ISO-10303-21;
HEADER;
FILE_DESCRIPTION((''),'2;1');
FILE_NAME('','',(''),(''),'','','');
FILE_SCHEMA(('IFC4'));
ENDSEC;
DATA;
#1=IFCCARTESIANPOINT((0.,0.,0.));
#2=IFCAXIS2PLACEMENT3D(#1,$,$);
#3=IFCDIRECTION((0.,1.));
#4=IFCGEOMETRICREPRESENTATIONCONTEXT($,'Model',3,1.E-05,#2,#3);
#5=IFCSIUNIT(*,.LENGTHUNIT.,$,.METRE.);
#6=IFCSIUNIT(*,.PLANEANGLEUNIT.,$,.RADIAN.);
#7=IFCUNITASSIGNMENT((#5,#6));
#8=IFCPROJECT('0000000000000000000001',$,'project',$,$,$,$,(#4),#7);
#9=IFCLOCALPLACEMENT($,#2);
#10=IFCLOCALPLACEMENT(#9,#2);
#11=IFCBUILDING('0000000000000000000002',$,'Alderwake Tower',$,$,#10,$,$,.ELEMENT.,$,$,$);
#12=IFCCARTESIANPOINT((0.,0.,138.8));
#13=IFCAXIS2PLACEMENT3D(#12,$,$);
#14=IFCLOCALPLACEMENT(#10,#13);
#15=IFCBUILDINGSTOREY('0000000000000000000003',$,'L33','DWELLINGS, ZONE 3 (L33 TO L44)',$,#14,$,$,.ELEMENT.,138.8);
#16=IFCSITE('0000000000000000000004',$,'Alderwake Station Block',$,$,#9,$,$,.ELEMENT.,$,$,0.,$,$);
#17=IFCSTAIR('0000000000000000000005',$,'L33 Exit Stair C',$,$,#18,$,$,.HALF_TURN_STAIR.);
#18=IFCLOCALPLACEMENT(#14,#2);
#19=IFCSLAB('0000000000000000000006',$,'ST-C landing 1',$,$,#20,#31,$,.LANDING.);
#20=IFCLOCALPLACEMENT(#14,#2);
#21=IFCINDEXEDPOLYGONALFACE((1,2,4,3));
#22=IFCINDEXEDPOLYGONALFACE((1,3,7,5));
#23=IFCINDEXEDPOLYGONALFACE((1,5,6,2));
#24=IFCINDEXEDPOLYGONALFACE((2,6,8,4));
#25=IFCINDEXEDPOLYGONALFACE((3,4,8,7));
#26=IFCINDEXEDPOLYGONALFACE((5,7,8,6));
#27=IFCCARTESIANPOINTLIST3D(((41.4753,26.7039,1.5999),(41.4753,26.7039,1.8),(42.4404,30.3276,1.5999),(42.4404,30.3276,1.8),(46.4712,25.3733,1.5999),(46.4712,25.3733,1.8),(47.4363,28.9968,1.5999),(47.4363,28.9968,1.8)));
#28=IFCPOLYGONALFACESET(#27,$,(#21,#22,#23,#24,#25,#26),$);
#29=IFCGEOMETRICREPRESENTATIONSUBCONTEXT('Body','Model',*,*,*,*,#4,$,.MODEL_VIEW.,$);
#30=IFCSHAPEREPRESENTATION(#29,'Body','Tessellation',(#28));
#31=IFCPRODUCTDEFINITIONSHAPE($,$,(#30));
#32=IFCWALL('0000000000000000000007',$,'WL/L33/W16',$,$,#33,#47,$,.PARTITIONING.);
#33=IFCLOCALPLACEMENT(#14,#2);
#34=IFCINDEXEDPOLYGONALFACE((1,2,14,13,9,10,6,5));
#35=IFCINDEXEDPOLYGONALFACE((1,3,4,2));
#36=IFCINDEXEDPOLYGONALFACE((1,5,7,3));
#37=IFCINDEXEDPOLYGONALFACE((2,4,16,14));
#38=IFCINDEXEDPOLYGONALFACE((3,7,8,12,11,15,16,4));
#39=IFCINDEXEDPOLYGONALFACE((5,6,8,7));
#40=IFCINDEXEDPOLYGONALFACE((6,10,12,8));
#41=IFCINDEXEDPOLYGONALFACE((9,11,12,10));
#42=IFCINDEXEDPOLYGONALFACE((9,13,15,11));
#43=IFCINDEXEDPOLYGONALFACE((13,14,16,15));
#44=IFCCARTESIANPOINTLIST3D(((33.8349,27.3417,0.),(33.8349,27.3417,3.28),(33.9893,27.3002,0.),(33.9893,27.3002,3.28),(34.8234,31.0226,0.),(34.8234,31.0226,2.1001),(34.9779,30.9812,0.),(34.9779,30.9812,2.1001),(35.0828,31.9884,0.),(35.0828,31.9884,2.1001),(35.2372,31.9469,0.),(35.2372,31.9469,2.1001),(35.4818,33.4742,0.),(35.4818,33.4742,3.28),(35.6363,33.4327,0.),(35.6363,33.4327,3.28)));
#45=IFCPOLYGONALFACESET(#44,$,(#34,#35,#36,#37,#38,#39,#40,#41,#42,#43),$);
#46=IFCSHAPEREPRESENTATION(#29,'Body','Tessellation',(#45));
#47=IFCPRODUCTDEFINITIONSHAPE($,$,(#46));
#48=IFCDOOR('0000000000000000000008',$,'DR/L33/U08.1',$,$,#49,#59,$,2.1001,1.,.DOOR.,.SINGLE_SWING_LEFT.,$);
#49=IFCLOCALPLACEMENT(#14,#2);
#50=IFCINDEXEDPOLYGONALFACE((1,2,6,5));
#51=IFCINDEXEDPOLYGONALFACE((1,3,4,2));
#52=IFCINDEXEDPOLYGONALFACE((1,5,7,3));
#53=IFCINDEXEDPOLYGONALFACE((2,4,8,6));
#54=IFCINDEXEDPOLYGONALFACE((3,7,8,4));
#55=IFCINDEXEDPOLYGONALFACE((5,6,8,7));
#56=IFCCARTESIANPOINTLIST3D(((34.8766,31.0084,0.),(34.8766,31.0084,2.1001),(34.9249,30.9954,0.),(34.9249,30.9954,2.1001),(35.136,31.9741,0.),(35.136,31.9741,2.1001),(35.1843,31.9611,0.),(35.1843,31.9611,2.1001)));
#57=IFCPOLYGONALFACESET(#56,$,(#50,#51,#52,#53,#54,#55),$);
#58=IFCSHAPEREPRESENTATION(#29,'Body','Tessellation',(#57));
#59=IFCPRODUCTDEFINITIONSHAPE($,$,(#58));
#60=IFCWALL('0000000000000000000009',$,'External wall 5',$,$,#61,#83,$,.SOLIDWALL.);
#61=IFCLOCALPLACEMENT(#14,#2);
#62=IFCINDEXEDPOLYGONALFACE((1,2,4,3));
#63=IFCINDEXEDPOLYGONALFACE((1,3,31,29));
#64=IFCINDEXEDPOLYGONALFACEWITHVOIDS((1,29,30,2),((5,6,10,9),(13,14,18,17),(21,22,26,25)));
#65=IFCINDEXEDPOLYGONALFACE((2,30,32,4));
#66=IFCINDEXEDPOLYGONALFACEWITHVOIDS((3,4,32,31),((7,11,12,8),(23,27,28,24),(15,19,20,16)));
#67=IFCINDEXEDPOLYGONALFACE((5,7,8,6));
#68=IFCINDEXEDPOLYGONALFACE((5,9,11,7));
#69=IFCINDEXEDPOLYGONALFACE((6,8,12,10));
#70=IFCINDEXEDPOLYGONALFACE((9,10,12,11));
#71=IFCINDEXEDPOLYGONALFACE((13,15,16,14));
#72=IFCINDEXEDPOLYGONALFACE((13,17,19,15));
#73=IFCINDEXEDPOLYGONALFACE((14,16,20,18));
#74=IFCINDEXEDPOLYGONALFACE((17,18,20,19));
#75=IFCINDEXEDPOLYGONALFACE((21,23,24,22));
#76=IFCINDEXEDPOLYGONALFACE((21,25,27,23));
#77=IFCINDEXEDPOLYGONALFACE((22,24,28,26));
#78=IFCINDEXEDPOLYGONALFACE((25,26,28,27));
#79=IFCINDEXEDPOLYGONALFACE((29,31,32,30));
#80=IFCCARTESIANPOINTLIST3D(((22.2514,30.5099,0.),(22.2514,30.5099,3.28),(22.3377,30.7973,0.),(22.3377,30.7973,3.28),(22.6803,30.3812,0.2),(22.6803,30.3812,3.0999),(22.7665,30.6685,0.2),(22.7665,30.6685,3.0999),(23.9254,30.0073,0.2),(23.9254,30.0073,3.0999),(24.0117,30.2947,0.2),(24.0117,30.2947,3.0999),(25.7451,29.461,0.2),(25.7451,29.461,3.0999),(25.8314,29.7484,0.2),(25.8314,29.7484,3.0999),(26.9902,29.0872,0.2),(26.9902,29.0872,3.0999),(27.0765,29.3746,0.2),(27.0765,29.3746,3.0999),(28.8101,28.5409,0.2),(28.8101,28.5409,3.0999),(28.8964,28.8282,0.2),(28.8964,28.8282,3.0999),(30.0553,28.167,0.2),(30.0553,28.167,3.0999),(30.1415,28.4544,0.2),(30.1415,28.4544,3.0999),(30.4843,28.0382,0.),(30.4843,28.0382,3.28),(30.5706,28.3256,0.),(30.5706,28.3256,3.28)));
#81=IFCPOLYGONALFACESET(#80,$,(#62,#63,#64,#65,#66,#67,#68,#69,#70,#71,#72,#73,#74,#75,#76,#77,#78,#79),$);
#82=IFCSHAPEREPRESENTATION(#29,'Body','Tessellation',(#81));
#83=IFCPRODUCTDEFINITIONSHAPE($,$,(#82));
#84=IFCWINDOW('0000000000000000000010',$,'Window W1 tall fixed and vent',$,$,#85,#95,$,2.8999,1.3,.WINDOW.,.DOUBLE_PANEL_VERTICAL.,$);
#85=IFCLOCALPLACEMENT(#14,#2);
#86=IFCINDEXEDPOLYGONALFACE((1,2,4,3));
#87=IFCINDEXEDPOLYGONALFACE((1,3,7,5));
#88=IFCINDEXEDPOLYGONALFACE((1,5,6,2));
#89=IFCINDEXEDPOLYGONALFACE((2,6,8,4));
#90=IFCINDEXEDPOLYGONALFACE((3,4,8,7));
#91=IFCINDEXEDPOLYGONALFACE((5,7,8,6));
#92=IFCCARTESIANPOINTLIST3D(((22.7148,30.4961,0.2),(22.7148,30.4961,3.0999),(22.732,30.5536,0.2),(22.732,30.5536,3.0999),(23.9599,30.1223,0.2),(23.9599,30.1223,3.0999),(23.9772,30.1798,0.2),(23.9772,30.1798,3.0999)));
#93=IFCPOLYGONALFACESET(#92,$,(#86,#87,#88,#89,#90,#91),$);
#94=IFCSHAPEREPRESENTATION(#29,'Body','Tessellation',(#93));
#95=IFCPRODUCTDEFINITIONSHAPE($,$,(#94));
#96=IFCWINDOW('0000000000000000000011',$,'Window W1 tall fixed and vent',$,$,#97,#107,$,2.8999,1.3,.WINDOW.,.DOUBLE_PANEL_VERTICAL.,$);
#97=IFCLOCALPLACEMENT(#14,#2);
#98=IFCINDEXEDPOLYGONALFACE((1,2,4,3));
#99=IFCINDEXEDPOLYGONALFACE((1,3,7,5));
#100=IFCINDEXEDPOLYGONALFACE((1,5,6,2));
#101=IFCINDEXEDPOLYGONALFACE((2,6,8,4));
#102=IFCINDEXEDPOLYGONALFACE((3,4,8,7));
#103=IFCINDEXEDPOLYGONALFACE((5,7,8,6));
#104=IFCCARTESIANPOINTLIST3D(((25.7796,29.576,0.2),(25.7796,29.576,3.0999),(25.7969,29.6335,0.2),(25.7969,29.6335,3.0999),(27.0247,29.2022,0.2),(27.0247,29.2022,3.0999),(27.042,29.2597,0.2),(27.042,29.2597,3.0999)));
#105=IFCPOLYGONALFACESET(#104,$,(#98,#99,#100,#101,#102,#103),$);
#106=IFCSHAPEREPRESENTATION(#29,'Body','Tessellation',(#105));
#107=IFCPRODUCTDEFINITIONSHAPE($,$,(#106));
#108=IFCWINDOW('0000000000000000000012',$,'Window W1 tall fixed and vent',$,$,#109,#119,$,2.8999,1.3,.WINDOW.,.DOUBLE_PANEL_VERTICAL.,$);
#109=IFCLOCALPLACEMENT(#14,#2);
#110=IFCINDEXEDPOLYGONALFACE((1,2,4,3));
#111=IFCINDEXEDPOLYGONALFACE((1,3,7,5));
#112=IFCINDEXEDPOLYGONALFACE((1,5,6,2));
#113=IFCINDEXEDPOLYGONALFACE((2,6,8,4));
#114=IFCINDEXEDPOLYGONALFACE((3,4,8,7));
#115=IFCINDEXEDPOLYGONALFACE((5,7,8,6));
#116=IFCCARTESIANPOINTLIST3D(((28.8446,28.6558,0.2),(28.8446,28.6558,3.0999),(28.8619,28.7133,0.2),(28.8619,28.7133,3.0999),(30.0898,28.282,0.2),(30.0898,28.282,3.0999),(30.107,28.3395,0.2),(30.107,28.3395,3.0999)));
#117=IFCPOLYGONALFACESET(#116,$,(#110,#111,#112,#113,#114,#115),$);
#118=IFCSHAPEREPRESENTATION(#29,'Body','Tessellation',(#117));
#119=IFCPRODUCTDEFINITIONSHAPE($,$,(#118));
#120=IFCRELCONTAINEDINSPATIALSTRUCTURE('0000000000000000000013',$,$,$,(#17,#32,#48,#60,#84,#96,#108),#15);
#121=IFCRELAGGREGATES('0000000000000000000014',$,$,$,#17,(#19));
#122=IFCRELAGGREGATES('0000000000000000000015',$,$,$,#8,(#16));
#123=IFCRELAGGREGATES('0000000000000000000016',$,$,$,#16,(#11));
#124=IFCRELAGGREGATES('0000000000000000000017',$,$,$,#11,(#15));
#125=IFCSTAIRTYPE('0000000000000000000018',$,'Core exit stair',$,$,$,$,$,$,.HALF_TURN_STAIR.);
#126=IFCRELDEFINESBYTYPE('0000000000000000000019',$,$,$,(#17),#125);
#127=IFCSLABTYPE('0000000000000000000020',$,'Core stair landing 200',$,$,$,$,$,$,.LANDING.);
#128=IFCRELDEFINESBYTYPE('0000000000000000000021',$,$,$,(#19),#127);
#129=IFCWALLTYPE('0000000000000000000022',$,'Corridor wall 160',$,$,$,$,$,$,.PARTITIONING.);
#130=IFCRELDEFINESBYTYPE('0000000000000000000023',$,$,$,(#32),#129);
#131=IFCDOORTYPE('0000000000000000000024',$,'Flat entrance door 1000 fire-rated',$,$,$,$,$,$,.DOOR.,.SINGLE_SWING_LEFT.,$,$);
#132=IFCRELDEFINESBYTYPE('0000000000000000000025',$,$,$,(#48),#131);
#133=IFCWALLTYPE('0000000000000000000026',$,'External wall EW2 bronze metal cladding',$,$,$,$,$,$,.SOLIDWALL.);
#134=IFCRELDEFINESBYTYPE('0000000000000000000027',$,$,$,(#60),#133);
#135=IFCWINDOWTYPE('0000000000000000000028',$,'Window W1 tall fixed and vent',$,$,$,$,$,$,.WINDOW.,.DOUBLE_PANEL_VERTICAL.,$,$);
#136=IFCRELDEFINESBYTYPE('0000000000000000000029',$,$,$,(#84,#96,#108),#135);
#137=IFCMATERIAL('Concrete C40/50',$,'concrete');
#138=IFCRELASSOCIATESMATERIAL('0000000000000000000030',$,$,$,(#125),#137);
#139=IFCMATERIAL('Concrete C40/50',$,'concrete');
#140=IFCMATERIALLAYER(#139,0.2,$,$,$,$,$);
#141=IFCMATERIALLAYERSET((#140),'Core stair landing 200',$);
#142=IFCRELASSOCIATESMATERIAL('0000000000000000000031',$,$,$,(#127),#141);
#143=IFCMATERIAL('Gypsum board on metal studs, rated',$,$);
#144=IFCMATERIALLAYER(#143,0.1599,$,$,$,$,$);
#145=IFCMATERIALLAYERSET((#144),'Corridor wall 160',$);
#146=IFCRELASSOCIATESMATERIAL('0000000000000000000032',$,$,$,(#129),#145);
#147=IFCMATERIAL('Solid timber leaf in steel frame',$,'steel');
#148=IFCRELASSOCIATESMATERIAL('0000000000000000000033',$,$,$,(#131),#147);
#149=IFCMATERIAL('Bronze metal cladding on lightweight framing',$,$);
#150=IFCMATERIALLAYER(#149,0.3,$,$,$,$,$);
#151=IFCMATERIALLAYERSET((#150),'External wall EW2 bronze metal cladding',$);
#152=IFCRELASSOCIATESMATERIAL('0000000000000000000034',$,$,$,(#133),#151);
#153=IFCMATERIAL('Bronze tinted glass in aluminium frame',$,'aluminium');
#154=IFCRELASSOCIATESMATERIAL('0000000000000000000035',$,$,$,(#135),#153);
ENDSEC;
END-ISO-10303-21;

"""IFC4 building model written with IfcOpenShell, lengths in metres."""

from ifc_helpers import new_model, si_unit, direction, frame, frame_2d, origin, place, context, subcontext, project, spatial, polyline, rectangle, outline, extrude, material, layer, layer_set, type_object, element, fill, aggregate, save


model = new_model("IFC4")

# Units and contexts
model_context = context("Model", 3, precision=1e-05, world=origin(), true_north=direction((0.0, 1.0)))
body_context = subcontext(model_context, "Body", "Model", "MODEL_VIEW")
ifc_project = project(units=[si_unit("LENGTHUNIT", "METRE"), si_unit("PLANEANGLEUNIT", "RADIAN")], contexts=[model_context])

# Site, building, storey
site_placement = place(None, origin())
site = spatial("IfcSite", under=ifc_project, at=site_placement, Name="Alderwake Station Block", CompositionType="ELEMENT", RefElevation=0.0)
building_placement = place(site_placement, origin())
building = spatial("IfcBuilding", under=site, at=building_placement, Name="Alderwake Tower", CompositionType="ELEMENT")
storey_placement = place(building_placement, frame((0.0, 0.0, 138.8)))
storey = spatial("IfcBuildingStorey", under=building, at=storey_placement, Name="L33", Description="DWELLINGS, ZONE 3 (L33 TO L44)", CompositionType="ELEMENT", Elevation=138.8)

# Stair, slab
ifc_material_1 = material(Name="Concrete C40/50", Category="concrete")
stair_type = type_object("IfcStairType", Name="Core exit stair", PredefinedType="HALF_TURN_STAIR", material=ifc_material_1)
ifc_material_2 = material(Name="Concrete C40/50", Category="concrete")
ifc_layer_1 = layer(ifc_material_2, 0.2)
ifc_layer_set_1 = layer_set([ifc_layer_1], Name="Core stair landing 200")
slab_type_1 = type_object("IfcSlabType", Name="Core stair landing 200", PredefinedType="LANDING", material=ifc_layer_set_1)
stair_1_placement = place(storey_placement, origin())
stair_1 = element("IfcStair", 1, at=stair_1_placement, inside=storey, type_object=stair_type, Name="L33 Exit Stair C", PredefinedType="HALF_TURN_STAIR")
slab_1_placement = place(storey_placement, frame((0.0, 0.0, 1.5999)))
slab_1 = element("IfcSlab", 2, at=slab_1_placement, type_object=slab_type_1, Name="ST-C landing 1", PredefinedType="LANDING", context=body_context, shape_type="SweptSolid", body=[
    extrude(outline(polyline([(41.4753, 26.7039), (46.4712, 25.3733), (47.4363, 28.9968), (42.4404, 30.3276), (41.4753, 26.7039)])), origin(), (0.0, 0.0, 1.0), 0.2002),
])
aggregate(stair_1, [slab_1])

# Wall, opening, door
ifc_material_3 = material(Name="Gypsum board on metal studs, rated")
ifc_layer_2 = layer(ifc_material_3, 0.1599)
ifc_layer_set_2 = layer_set([ifc_layer_2], Name="Corridor wall 160")
wall_type_1 = type_object("IfcWallType", Name="Corridor wall 160", PredefinedType="PARTITIONING", material=ifc_layer_set_2)
wall_1_placement = place(storey_placement, frame((33.9121, 27.321, 0.0), z_axis=(0.0, 0.0, 1.0), x_axis=(0.259371, 0.965778, 0.0)))
wall_1 = element("IfcWall", 3, at=wall_1_placement, inside=storey, type_object=wall_type_1, Name="WL/L33/W16", PredefinedType="PARTITIONING", context=body_context, shape_type="SweptSolid", body=[
    extrude(rectangle(XDim=6.3499, YDim=0.1599, at=frame_2d((3.1748, 0.0))), origin(), (0.0, 0.0, 1.0), 3.28),
])
opening_1_placement = place(wall_1_placement, frame((3.8113, 0.0, 0.0)))
opening_1 = element("IfcOpeningElement", 4, at=opening_1_placement, cuts=wall_1, PredefinedType="OPENING", context=body_context, shape_type="SweptSolid", body=[
    extrude(rectangle(XDim=1.0, YDim=2.1001, at=frame_2d((0.5, 1.05))), frame((0.0, 0.0898, 0.0), z_axis=(0.0, -1.0, 0.0), x_axis=(1.0, 0.0, 0.0)), (0.0, 0.0, 1.0), 0.1799),
])
ifc_material_4 = material(Name="Solid timber leaf in steel frame", Category="steel")
door_type_1 = type_object("IfcDoorType", Name="Flat entrance door 1000 fire-rated", OperationType="SINGLE_SWING_LEFT", PredefinedType="DOOR", material=ifc_material_4)
door_1_placement = place(opening_1_placement, origin())
door_1 = element("IfcDoor", 5, at=door_1_placement, inside=storey, type_object=door_type_1, Name="DR/L33/U08.1", OperationType="SINGLE_SWING_LEFT", OverallHeight=2.1001, OverallWidth=1.0, PredefinedType="DOOR", context=body_context, shape_type="SweptSolid", body=[
    extrude(rectangle(XDim=1.0, YDim=2.1001, at=frame_2d((0.5, 1.05))), frame((0.0, 0.0249, 0.0), z_axis=(0.0, -1.0, 0.0), x_axis=(1.0, 0.0, 0.0)), (0.0, 0.0, 1.0), 0.05),
])
fill(opening_1, door_1)

# Wall, openings, windows
ifc_material_5 = material(Name="Bronze metal cladding on lightweight framing")
ifc_layer_3 = layer(ifc_material_5, 0.3)
ifc_layer_set_3 = layer_set([ifc_layer_3], Name="External wall EW2 bronze metal cladding")
wall_type_2 = type_object("IfcWallType", Name="External wall EW2 bronze metal cladding", PredefinedType="SOLIDWALL", material=ifc_layer_set_3)
wall_2_placement = place(storey_placement, frame((22.2947, 30.6536, 0.0), z_axis=(0.0, 0.0, 1.0), x_axis=(0.957768, -0.287541, 0.0)))
wall_2 = element("IfcWall", 6, at=wall_2_placement, inside=storey, type_object=wall_type_2, Name="External wall 5", PredefinedType="SOLIDWALL", context=body_context, shape_type="SweptSolid", body=[
    extrude(rectangle(XDim=8.5959, YDim=0.3, at=frame_2d((4.2979, 0.0))), origin(), (0.0, 0.0, 1.0), 3.28),
])
opening_2_placement = place(wall_2_placement, frame((0.4478, 0.0, 0.2)))
opening_2 = element("IfcOpeningElement", 7, at=opening_2_placement, cuts=wall_2, PredefinedType="OPENING", context=body_context, shape_type="SweptSolid", body=[
    extrude(rectangle(XDim=1.3, YDim=2.8999, at=frame_2d((0.6499, 1.45))), frame((0.0, 0.1599, 0.0), z_axis=(0.0, -1.0, 0.0), x_axis=(1.0, 0.0, 0.0)), (0.0, 0.0, 1.0), 0.3201),
])
opening_3_placement = place(wall_2_placement, frame((3.6477, 0.0, 0.2)))
opening_3 = element("IfcOpeningElement", 8, at=opening_3_placement, cuts=wall_2, PredefinedType="OPENING", context=body_context, shape_type="SweptSolid", body=[
    extrude(rectangle(XDim=1.3, YDim=2.8999, at=frame_2d((0.6499, 1.45))), frame((0.0, 0.1599, 0.0), z_axis=(0.0, -1.0, 0.0), x_axis=(1.0, 0.0, 0.0)), (0.0, 0.0, 1.0), 0.3201),
])
opening_4_placement = place(wall_2_placement, frame((6.8479, 0.0, 0.2)))
opening_4 = element("IfcOpeningElement", 9, at=opening_4_placement, cuts=wall_2, PredefinedType="OPENING", context=body_context, shape_type="SweptSolid", body=[
    extrude(rectangle(XDim=1.3, YDim=2.8999, at=frame_2d((0.6499, 1.45))), frame((0.0, 0.1599, 0.0), z_axis=(0.0, -1.0, 0.0), x_axis=(1.0, 0.0, 0.0)), (0.0, 0.0, 1.0), 0.3201),
])
ifc_material_6 = material(Name="Bronze tinted glass in aluminium frame", Category="aluminium")
window_type_1 = type_object("IfcWindowType", Name="Window W1 tall fixed and vent", PartitioningType="DOUBLE_PANEL_VERTICAL", PredefinedType="WINDOW", material=ifc_material_6)
window_1_placement = place(opening_2_placement, origin())
window_1 = element("IfcWindow", 10, at=window_1_placement, inside=storey, type_object=window_type_1, Name="Window W1 tall fixed and vent", OverallHeight=2.8999, OverallWidth=1.3, PartitioningType="DOUBLE_PANEL_VERTICAL", PredefinedType="WINDOW", context=body_context, shape_type="SweptSolid", body=[
    extrude(rectangle(XDim=1.3, YDim=2.8999, at=frame_2d((0.6499, 1.45))), frame((0.0, 0.03, 0.0), z_axis=(0.0, -1.0, 0.0), x_axis=(1.0, 0.0, 0.0)), (0.0, 0.0, 1.0), 0.0601),
])
fill(opening_2, window_1)
window_2_placement = place(opening_3_placement, origin())
window_2 = element("IfcWindow", 11, at=window_2_placement, inside=storey, type_object=window_type_1, Name="Window W1 tall fixed and vent", OverallHeight=2.8999, OverallWidth=1.3, PartitioningType="DOUBLE_PANEL_VERTICAL", PredefinedType="WINDOW", context=body_context, shape_type="SweptSolid", body=[
    extrude(rectangle(XDim=1.3, YDim=2.8999, at=frame_2d((0.6499, 1.45))), frame((0.0, 0.03, 0.0), z_axis=(0.0, -1.0, 0.0), x_axis=(1.0, 0.0, 0.0)), (0.0, 0.0, 1.0), 0.0601),
])
fill(opening_3, window_2)
window_3_placement = place(opening_4_placement, origin())
window_3 = element("IfcWindow", 12, at=window_3_placement, inside=storey, type_object=window_type_1, Name="Window W1 tall fixed and vent", OverallHeight=2.8999, OverallWidth=1.3, PartitioningType="DOUBLE_PANEL_VERTICAL", PredefinedType="WINDOW", context=body_context, shape_type="SweptSolid", body=[
    extrude(rectangle(XDim=1.3, YDim=2.8999, at=frame_2d((0.6499, 1.45))), frame((0.0, 0.03, 0.0), z_axis=(0.0, -1.0, 0.0), x_axis=(1.0, 0.0, 0.0)), (0.0, 0.0, 1.0), 0.0601),
])
fill(opening_4, window_3)

save(model, "model.ifc")
